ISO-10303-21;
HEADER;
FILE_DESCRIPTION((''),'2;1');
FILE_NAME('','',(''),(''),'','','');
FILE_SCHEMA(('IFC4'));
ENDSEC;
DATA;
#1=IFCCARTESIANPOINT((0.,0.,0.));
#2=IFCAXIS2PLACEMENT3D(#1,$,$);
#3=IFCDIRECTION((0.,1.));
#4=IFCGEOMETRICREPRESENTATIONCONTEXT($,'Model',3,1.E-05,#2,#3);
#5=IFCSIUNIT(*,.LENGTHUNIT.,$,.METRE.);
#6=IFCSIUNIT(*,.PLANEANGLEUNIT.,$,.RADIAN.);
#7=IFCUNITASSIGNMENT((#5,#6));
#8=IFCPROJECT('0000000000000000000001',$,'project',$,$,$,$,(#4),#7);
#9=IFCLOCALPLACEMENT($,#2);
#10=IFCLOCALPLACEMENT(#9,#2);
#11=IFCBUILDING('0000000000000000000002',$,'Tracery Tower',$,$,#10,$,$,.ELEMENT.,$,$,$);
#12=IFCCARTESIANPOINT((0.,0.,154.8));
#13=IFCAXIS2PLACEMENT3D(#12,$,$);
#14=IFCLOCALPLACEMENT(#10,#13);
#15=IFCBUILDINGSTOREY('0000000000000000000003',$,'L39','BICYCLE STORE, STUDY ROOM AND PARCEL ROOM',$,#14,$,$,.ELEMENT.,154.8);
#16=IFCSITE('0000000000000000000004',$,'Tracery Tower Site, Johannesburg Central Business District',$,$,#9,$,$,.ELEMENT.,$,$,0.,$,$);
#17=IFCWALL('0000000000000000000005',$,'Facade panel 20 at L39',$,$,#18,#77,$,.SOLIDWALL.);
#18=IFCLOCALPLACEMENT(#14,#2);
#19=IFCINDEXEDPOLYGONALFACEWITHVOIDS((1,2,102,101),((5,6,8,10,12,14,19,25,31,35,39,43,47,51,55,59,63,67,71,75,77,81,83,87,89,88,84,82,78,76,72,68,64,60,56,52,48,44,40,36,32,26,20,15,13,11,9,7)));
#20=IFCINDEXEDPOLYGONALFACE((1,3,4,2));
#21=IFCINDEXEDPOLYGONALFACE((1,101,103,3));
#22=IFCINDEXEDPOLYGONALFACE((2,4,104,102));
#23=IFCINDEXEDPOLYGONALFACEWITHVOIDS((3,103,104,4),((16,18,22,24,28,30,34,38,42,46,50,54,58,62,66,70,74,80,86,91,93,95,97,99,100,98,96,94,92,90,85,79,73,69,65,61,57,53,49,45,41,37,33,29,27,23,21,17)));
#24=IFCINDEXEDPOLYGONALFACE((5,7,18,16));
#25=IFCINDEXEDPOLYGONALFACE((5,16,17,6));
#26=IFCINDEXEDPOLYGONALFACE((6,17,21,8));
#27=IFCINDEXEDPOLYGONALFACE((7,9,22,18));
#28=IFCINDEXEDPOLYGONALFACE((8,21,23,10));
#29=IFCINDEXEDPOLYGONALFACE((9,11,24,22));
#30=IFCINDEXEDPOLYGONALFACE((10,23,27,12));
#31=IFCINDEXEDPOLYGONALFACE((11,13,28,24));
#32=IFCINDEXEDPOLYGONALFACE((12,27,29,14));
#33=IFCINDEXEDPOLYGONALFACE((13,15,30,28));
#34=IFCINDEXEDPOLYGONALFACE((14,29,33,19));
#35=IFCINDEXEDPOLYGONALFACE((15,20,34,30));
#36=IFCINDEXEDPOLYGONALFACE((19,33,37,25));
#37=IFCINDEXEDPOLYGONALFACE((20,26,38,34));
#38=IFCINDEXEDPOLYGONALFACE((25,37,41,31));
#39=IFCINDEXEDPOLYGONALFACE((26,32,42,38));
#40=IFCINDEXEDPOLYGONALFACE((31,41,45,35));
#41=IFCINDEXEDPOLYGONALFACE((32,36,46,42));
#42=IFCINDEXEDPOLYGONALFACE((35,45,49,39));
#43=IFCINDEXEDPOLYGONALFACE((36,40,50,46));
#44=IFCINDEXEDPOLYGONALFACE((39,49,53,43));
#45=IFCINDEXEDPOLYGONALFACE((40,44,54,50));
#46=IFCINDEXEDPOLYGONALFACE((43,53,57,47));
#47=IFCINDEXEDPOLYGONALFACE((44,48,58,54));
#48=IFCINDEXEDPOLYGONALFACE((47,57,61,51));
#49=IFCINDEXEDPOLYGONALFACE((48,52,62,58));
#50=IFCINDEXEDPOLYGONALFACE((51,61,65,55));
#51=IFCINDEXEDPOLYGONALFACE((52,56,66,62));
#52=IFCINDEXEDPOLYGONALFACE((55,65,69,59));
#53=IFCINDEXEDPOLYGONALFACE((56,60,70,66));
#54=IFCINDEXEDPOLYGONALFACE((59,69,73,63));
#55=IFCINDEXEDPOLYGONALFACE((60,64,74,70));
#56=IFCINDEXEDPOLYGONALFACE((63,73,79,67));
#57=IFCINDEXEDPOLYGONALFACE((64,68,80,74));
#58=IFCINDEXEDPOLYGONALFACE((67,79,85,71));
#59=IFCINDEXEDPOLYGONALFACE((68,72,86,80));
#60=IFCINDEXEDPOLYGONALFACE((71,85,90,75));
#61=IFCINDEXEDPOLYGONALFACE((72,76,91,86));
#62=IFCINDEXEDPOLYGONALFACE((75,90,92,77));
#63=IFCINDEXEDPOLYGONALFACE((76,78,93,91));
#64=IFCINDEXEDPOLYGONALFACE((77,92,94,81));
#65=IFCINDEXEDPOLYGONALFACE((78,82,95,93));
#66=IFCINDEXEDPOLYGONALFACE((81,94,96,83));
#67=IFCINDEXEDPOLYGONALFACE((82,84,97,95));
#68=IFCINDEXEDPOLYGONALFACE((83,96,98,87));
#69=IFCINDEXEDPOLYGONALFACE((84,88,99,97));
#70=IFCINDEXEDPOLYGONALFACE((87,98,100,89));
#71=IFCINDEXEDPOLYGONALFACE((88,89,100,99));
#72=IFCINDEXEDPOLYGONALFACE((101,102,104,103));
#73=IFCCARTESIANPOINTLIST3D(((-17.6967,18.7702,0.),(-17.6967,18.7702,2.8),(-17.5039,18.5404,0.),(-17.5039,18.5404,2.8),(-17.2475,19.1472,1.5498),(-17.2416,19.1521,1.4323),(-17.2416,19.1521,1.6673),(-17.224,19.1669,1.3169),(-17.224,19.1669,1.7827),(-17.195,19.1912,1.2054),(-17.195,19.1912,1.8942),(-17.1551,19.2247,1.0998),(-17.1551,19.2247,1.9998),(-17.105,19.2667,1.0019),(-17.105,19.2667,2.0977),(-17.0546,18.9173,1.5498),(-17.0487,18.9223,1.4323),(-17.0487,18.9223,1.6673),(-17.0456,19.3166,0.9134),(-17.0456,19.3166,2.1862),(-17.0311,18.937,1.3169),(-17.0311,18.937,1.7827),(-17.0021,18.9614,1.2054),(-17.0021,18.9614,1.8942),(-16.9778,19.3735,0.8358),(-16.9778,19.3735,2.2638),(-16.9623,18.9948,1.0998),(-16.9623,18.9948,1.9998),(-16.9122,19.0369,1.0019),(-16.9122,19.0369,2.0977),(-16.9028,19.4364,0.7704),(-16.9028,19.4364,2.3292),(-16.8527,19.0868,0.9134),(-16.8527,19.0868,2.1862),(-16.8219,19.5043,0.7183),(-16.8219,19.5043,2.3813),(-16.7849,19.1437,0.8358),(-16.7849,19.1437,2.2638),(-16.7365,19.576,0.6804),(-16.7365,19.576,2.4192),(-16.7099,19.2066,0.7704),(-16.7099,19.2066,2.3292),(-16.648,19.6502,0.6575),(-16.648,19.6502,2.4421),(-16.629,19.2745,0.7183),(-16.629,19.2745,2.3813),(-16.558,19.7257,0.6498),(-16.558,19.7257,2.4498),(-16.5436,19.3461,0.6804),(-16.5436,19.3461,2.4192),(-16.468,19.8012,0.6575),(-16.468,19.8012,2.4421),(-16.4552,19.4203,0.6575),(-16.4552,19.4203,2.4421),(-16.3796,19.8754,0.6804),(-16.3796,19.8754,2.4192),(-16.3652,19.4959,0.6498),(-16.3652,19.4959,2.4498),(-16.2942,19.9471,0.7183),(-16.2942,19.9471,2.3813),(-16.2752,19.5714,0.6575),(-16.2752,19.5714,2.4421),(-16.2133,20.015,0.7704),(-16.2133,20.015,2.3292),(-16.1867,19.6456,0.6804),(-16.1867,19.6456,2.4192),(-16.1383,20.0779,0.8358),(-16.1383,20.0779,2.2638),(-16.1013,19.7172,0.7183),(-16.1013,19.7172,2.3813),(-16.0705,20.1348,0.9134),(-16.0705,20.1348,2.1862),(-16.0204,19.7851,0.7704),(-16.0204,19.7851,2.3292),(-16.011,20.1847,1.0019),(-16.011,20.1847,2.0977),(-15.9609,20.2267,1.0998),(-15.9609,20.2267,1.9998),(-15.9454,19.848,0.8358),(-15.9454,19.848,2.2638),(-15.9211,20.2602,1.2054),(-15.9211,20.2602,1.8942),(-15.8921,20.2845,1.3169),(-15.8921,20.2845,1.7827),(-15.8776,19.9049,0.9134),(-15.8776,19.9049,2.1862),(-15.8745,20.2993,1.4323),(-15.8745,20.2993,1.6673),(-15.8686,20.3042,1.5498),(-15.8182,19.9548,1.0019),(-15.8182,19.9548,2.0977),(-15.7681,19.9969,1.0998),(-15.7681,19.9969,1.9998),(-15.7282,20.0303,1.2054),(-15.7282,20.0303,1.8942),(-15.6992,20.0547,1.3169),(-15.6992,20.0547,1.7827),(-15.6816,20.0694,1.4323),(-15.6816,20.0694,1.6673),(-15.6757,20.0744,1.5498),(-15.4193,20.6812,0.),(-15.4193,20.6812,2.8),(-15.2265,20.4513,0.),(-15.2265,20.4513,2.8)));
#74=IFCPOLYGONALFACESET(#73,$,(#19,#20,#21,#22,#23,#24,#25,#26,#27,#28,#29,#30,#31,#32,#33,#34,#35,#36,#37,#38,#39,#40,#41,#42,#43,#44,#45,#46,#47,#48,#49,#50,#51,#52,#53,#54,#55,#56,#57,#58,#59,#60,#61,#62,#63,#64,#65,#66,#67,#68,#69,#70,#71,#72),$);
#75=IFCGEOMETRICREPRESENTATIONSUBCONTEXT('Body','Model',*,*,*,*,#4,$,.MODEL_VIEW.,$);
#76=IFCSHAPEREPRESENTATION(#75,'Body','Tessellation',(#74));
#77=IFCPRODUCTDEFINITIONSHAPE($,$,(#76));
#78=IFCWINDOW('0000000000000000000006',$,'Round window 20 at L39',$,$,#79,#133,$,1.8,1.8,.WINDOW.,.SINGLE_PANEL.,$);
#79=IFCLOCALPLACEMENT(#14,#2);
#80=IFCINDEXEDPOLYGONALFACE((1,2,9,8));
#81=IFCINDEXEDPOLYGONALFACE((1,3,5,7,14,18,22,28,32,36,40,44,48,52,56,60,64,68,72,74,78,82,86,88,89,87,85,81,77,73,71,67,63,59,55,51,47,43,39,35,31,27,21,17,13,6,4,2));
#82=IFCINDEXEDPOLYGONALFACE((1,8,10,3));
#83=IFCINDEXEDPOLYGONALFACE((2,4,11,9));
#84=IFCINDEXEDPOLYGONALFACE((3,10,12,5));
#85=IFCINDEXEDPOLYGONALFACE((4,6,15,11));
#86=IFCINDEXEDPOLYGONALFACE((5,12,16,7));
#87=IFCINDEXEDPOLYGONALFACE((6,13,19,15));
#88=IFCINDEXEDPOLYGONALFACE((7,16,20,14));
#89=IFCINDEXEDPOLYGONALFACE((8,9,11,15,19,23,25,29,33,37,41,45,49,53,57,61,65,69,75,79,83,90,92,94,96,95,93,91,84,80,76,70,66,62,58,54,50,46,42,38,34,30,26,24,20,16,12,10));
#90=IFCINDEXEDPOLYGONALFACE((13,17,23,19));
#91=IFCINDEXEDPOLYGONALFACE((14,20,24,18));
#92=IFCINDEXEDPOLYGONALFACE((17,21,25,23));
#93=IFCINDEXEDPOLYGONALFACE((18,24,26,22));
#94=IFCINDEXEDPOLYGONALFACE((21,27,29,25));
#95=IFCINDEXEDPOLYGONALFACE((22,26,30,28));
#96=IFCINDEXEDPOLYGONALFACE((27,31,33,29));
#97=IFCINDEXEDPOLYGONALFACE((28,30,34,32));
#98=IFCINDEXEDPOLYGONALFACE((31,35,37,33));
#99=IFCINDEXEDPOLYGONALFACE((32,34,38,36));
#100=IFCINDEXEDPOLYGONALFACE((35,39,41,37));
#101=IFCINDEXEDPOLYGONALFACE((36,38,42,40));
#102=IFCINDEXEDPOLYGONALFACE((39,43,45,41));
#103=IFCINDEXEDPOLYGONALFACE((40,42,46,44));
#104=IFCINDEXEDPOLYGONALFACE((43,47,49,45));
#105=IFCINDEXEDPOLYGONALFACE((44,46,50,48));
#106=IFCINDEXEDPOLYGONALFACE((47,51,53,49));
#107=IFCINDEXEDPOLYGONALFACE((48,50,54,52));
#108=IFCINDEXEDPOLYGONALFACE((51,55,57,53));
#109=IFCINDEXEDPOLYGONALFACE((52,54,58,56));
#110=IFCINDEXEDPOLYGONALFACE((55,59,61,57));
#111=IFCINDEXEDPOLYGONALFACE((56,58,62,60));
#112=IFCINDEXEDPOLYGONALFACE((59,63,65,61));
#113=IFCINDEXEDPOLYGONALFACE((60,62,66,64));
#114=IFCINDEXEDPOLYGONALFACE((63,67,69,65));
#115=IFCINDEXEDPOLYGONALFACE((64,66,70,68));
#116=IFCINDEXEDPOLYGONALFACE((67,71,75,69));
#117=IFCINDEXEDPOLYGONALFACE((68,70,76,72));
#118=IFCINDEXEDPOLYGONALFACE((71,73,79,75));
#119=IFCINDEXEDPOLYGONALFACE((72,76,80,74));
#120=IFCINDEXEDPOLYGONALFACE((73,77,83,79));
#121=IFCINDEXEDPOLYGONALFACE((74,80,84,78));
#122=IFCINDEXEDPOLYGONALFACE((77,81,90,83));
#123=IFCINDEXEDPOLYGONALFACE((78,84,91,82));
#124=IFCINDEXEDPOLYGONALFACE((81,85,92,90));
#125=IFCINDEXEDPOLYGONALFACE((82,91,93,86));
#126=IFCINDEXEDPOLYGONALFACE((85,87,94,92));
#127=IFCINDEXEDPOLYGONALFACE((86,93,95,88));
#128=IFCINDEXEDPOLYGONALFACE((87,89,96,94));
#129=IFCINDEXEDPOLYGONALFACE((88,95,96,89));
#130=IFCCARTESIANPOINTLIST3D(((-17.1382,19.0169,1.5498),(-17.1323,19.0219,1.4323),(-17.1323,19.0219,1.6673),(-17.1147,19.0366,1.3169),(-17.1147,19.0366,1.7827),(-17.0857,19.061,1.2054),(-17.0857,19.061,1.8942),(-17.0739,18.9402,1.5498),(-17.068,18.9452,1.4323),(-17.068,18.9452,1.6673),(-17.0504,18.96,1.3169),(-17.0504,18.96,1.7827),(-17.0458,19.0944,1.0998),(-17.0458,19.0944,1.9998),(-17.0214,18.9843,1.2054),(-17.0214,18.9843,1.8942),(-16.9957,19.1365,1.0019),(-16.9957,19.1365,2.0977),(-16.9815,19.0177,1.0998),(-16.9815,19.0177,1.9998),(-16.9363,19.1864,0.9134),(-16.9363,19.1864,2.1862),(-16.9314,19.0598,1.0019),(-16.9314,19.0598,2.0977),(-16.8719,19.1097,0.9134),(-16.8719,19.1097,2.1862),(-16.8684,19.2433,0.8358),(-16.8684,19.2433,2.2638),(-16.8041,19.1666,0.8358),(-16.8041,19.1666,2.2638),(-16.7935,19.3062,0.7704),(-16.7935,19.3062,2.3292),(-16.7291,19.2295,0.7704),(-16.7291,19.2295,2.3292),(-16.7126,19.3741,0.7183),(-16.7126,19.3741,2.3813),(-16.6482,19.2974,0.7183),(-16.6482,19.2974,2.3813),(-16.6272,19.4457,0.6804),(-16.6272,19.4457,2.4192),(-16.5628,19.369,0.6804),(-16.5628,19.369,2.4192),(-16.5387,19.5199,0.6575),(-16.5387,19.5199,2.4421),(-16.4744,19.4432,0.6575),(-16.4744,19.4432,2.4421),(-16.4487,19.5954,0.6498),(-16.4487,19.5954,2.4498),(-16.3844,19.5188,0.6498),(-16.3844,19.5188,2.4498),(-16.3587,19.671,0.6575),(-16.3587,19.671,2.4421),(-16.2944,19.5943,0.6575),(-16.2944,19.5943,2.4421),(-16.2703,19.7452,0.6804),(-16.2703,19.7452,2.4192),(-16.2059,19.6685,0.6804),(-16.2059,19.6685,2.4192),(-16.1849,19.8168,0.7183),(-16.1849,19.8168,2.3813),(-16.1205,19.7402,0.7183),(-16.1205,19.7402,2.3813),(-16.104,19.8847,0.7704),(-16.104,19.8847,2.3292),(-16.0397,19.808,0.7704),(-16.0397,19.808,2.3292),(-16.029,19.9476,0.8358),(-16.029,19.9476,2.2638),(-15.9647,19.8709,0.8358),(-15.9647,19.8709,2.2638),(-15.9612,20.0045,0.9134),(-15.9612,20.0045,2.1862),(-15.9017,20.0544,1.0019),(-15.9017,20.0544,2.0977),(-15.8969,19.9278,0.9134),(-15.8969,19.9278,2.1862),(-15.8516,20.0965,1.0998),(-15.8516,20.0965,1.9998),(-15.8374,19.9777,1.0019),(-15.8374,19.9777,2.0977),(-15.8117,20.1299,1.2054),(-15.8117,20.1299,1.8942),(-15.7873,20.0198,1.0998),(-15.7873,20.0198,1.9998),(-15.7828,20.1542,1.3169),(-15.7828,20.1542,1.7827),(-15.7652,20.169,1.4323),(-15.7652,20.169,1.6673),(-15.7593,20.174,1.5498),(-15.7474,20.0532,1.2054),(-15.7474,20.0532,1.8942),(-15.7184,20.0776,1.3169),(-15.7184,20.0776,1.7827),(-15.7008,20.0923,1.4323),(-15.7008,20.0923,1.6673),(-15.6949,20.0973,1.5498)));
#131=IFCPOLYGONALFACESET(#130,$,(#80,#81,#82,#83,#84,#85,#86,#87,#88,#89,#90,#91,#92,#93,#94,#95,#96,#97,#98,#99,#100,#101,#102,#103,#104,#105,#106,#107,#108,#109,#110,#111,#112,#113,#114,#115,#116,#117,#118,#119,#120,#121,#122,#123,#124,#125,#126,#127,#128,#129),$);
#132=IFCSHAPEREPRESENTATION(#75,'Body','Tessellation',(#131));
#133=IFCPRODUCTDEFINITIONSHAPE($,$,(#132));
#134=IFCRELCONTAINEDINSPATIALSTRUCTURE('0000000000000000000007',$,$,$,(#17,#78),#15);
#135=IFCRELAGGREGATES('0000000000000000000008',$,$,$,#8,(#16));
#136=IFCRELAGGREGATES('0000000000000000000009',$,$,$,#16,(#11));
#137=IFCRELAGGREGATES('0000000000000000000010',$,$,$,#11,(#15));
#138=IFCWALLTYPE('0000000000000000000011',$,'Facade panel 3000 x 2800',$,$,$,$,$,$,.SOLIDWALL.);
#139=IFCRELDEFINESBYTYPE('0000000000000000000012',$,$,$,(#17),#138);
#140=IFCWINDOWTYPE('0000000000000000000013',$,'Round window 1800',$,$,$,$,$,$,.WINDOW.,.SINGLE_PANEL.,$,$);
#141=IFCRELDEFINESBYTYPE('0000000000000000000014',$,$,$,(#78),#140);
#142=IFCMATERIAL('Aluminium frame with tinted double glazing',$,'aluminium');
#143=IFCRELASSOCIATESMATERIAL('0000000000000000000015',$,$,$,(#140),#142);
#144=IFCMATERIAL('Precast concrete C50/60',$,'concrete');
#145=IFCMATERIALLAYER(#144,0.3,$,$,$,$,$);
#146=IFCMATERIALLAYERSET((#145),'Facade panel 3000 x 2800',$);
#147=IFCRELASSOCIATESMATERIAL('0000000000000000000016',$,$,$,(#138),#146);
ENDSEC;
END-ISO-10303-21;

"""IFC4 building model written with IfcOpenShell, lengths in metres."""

from ifc_helpers import new_model, si_unit, direction, frame, frame_2d, origin, origin_2d, place, context, subcontext, project, spatial, rectangle, circle, extrude, material, layer, layer_set, type_object, element, fill, save


model = new_model("IFC4")

# Units and contexts
model_context = context("Model", 3, precision=1e-05, world=origin(), true_north=direction((0.0, 1.0)))
body_context = subcontext(model_context, "Body", "Model", "MODEL_VIEW")
ifc_project = project(units=[si_unit("LENGTHUNIT", "METRE"), si_unit("PLANEANGLEUNIT", "RADIAN")], contexts=[model_context])

# Site, building, storey
site_placement = place(None, origin())
site = spatial("IfcSite", under=ifc_project, at=site_placement, Name="Tracery Tower Site, Johannesburg Central Business District", CompositionType="ELEMENT", RefElevation=0.0)
building_placement = place(site_placement, origin())
building = spatial("IfcBuilding", under=site, at=building_placement, Name="Tracery Tower", CompositionType="ELEMENT")
storey_placement = place(building_placement, frame((0.0, 0.0, 154.8)))
storey = spatial("IfcBuildingStorey", under=building, at=storey_placement, Name="L39", Description="BICYCLE STORE, STUDY ROOM AND PARCEL ROOM", CompositionType="ELEMENT", Elevation=154.8)

# Wall, opening, window
ifc_material_1 = material(Name="Aluminium frame with tinted double glazing", Category="aluminium")
window_type = type_object("IfcWindowType", Name="Round window 1800", PartitioningType="SINGLE_PANEL", PredefinedType="WINDOW", material=ifc_material_1)
ifc_material_2 = material(Name="Precast concrete C50/60", Category="concrete")
ifc_layer_1 = layer(ifc_material_2, 0.3)
ifc_layer_set_1 = layer_set([ifc_layer_1], Name="Facade panel 3000 x 2800")
wall_type_1 = type_object("IfcWallType", Name="Facade panel 3000 x 2800", PredefinedType="SOLIDWALL", material=ifc_layer_set_1)
wall_1_placement = place(storey_placement, frame((-15.323, 20.5662, 0.0), z_axis=(0.0, 0.0, 1.0), x_axis=(-0.766049, -0.642782, 0.0)))
wall_1 = element("IfcWall", 1, at=wall_1_placement, inside=storey, type_object=wall_type_1, Name="Facade panel 20 at L39", PredefinedType="SOLIDWALL", context=body_context, shape_type="SweptSolid", body=[
    extrude(rectangle(XDim=2.9729, YDim=0.3, at=frame_2d((1.4863, 0.0))), origin(), (0.0, 0.0, 1.0), 2.8),
])
opening_1_placement = place(wall_1_placement, frame((1.4863, 0.0, 1.5498)))
opening_1 = element("IfcOpeningElement", 2, at=opening_1_placement, cuts=wall_1, PredefinedType="OPENING", context=body_context, shape_type="SweptSolid", body=[
    extrude(circle(Radius=0.9, at=origin_2d()), frame((0.0, 0.1599, 0.0), z_axis=(0.0, -1.0, 0.0), x_axis=(1.0, 0.0, 0.0)), (0.0, 0.0, 1.0), 0.3201),
])
window_1_placement = place(opening_1_placement, origin())
window_1 = element("IfcWindow", 3, at=window_1_placement, inside=storey, type_object=window_type, Name="Round window 20 at L39", OverallHeight=1.8, OverallWidth=1.8, PartitioningType="SINGLE_PANEL", PredefinedType="WINDOW", context=body_context, shape_type="SweptSolid", body=[
    extrude(circle(Radius=0.9, at=origin_2d()), frame((0.0, 0.1201, 0.0), z_axis=(0.0, -1.0, 0.0), x_axis=(1.0, 0.0, 0.0)), (0.0, 0.0, 1.0), 0.1001),
])
fill(opening_1, window_1)

save(model, "model.ifc")
